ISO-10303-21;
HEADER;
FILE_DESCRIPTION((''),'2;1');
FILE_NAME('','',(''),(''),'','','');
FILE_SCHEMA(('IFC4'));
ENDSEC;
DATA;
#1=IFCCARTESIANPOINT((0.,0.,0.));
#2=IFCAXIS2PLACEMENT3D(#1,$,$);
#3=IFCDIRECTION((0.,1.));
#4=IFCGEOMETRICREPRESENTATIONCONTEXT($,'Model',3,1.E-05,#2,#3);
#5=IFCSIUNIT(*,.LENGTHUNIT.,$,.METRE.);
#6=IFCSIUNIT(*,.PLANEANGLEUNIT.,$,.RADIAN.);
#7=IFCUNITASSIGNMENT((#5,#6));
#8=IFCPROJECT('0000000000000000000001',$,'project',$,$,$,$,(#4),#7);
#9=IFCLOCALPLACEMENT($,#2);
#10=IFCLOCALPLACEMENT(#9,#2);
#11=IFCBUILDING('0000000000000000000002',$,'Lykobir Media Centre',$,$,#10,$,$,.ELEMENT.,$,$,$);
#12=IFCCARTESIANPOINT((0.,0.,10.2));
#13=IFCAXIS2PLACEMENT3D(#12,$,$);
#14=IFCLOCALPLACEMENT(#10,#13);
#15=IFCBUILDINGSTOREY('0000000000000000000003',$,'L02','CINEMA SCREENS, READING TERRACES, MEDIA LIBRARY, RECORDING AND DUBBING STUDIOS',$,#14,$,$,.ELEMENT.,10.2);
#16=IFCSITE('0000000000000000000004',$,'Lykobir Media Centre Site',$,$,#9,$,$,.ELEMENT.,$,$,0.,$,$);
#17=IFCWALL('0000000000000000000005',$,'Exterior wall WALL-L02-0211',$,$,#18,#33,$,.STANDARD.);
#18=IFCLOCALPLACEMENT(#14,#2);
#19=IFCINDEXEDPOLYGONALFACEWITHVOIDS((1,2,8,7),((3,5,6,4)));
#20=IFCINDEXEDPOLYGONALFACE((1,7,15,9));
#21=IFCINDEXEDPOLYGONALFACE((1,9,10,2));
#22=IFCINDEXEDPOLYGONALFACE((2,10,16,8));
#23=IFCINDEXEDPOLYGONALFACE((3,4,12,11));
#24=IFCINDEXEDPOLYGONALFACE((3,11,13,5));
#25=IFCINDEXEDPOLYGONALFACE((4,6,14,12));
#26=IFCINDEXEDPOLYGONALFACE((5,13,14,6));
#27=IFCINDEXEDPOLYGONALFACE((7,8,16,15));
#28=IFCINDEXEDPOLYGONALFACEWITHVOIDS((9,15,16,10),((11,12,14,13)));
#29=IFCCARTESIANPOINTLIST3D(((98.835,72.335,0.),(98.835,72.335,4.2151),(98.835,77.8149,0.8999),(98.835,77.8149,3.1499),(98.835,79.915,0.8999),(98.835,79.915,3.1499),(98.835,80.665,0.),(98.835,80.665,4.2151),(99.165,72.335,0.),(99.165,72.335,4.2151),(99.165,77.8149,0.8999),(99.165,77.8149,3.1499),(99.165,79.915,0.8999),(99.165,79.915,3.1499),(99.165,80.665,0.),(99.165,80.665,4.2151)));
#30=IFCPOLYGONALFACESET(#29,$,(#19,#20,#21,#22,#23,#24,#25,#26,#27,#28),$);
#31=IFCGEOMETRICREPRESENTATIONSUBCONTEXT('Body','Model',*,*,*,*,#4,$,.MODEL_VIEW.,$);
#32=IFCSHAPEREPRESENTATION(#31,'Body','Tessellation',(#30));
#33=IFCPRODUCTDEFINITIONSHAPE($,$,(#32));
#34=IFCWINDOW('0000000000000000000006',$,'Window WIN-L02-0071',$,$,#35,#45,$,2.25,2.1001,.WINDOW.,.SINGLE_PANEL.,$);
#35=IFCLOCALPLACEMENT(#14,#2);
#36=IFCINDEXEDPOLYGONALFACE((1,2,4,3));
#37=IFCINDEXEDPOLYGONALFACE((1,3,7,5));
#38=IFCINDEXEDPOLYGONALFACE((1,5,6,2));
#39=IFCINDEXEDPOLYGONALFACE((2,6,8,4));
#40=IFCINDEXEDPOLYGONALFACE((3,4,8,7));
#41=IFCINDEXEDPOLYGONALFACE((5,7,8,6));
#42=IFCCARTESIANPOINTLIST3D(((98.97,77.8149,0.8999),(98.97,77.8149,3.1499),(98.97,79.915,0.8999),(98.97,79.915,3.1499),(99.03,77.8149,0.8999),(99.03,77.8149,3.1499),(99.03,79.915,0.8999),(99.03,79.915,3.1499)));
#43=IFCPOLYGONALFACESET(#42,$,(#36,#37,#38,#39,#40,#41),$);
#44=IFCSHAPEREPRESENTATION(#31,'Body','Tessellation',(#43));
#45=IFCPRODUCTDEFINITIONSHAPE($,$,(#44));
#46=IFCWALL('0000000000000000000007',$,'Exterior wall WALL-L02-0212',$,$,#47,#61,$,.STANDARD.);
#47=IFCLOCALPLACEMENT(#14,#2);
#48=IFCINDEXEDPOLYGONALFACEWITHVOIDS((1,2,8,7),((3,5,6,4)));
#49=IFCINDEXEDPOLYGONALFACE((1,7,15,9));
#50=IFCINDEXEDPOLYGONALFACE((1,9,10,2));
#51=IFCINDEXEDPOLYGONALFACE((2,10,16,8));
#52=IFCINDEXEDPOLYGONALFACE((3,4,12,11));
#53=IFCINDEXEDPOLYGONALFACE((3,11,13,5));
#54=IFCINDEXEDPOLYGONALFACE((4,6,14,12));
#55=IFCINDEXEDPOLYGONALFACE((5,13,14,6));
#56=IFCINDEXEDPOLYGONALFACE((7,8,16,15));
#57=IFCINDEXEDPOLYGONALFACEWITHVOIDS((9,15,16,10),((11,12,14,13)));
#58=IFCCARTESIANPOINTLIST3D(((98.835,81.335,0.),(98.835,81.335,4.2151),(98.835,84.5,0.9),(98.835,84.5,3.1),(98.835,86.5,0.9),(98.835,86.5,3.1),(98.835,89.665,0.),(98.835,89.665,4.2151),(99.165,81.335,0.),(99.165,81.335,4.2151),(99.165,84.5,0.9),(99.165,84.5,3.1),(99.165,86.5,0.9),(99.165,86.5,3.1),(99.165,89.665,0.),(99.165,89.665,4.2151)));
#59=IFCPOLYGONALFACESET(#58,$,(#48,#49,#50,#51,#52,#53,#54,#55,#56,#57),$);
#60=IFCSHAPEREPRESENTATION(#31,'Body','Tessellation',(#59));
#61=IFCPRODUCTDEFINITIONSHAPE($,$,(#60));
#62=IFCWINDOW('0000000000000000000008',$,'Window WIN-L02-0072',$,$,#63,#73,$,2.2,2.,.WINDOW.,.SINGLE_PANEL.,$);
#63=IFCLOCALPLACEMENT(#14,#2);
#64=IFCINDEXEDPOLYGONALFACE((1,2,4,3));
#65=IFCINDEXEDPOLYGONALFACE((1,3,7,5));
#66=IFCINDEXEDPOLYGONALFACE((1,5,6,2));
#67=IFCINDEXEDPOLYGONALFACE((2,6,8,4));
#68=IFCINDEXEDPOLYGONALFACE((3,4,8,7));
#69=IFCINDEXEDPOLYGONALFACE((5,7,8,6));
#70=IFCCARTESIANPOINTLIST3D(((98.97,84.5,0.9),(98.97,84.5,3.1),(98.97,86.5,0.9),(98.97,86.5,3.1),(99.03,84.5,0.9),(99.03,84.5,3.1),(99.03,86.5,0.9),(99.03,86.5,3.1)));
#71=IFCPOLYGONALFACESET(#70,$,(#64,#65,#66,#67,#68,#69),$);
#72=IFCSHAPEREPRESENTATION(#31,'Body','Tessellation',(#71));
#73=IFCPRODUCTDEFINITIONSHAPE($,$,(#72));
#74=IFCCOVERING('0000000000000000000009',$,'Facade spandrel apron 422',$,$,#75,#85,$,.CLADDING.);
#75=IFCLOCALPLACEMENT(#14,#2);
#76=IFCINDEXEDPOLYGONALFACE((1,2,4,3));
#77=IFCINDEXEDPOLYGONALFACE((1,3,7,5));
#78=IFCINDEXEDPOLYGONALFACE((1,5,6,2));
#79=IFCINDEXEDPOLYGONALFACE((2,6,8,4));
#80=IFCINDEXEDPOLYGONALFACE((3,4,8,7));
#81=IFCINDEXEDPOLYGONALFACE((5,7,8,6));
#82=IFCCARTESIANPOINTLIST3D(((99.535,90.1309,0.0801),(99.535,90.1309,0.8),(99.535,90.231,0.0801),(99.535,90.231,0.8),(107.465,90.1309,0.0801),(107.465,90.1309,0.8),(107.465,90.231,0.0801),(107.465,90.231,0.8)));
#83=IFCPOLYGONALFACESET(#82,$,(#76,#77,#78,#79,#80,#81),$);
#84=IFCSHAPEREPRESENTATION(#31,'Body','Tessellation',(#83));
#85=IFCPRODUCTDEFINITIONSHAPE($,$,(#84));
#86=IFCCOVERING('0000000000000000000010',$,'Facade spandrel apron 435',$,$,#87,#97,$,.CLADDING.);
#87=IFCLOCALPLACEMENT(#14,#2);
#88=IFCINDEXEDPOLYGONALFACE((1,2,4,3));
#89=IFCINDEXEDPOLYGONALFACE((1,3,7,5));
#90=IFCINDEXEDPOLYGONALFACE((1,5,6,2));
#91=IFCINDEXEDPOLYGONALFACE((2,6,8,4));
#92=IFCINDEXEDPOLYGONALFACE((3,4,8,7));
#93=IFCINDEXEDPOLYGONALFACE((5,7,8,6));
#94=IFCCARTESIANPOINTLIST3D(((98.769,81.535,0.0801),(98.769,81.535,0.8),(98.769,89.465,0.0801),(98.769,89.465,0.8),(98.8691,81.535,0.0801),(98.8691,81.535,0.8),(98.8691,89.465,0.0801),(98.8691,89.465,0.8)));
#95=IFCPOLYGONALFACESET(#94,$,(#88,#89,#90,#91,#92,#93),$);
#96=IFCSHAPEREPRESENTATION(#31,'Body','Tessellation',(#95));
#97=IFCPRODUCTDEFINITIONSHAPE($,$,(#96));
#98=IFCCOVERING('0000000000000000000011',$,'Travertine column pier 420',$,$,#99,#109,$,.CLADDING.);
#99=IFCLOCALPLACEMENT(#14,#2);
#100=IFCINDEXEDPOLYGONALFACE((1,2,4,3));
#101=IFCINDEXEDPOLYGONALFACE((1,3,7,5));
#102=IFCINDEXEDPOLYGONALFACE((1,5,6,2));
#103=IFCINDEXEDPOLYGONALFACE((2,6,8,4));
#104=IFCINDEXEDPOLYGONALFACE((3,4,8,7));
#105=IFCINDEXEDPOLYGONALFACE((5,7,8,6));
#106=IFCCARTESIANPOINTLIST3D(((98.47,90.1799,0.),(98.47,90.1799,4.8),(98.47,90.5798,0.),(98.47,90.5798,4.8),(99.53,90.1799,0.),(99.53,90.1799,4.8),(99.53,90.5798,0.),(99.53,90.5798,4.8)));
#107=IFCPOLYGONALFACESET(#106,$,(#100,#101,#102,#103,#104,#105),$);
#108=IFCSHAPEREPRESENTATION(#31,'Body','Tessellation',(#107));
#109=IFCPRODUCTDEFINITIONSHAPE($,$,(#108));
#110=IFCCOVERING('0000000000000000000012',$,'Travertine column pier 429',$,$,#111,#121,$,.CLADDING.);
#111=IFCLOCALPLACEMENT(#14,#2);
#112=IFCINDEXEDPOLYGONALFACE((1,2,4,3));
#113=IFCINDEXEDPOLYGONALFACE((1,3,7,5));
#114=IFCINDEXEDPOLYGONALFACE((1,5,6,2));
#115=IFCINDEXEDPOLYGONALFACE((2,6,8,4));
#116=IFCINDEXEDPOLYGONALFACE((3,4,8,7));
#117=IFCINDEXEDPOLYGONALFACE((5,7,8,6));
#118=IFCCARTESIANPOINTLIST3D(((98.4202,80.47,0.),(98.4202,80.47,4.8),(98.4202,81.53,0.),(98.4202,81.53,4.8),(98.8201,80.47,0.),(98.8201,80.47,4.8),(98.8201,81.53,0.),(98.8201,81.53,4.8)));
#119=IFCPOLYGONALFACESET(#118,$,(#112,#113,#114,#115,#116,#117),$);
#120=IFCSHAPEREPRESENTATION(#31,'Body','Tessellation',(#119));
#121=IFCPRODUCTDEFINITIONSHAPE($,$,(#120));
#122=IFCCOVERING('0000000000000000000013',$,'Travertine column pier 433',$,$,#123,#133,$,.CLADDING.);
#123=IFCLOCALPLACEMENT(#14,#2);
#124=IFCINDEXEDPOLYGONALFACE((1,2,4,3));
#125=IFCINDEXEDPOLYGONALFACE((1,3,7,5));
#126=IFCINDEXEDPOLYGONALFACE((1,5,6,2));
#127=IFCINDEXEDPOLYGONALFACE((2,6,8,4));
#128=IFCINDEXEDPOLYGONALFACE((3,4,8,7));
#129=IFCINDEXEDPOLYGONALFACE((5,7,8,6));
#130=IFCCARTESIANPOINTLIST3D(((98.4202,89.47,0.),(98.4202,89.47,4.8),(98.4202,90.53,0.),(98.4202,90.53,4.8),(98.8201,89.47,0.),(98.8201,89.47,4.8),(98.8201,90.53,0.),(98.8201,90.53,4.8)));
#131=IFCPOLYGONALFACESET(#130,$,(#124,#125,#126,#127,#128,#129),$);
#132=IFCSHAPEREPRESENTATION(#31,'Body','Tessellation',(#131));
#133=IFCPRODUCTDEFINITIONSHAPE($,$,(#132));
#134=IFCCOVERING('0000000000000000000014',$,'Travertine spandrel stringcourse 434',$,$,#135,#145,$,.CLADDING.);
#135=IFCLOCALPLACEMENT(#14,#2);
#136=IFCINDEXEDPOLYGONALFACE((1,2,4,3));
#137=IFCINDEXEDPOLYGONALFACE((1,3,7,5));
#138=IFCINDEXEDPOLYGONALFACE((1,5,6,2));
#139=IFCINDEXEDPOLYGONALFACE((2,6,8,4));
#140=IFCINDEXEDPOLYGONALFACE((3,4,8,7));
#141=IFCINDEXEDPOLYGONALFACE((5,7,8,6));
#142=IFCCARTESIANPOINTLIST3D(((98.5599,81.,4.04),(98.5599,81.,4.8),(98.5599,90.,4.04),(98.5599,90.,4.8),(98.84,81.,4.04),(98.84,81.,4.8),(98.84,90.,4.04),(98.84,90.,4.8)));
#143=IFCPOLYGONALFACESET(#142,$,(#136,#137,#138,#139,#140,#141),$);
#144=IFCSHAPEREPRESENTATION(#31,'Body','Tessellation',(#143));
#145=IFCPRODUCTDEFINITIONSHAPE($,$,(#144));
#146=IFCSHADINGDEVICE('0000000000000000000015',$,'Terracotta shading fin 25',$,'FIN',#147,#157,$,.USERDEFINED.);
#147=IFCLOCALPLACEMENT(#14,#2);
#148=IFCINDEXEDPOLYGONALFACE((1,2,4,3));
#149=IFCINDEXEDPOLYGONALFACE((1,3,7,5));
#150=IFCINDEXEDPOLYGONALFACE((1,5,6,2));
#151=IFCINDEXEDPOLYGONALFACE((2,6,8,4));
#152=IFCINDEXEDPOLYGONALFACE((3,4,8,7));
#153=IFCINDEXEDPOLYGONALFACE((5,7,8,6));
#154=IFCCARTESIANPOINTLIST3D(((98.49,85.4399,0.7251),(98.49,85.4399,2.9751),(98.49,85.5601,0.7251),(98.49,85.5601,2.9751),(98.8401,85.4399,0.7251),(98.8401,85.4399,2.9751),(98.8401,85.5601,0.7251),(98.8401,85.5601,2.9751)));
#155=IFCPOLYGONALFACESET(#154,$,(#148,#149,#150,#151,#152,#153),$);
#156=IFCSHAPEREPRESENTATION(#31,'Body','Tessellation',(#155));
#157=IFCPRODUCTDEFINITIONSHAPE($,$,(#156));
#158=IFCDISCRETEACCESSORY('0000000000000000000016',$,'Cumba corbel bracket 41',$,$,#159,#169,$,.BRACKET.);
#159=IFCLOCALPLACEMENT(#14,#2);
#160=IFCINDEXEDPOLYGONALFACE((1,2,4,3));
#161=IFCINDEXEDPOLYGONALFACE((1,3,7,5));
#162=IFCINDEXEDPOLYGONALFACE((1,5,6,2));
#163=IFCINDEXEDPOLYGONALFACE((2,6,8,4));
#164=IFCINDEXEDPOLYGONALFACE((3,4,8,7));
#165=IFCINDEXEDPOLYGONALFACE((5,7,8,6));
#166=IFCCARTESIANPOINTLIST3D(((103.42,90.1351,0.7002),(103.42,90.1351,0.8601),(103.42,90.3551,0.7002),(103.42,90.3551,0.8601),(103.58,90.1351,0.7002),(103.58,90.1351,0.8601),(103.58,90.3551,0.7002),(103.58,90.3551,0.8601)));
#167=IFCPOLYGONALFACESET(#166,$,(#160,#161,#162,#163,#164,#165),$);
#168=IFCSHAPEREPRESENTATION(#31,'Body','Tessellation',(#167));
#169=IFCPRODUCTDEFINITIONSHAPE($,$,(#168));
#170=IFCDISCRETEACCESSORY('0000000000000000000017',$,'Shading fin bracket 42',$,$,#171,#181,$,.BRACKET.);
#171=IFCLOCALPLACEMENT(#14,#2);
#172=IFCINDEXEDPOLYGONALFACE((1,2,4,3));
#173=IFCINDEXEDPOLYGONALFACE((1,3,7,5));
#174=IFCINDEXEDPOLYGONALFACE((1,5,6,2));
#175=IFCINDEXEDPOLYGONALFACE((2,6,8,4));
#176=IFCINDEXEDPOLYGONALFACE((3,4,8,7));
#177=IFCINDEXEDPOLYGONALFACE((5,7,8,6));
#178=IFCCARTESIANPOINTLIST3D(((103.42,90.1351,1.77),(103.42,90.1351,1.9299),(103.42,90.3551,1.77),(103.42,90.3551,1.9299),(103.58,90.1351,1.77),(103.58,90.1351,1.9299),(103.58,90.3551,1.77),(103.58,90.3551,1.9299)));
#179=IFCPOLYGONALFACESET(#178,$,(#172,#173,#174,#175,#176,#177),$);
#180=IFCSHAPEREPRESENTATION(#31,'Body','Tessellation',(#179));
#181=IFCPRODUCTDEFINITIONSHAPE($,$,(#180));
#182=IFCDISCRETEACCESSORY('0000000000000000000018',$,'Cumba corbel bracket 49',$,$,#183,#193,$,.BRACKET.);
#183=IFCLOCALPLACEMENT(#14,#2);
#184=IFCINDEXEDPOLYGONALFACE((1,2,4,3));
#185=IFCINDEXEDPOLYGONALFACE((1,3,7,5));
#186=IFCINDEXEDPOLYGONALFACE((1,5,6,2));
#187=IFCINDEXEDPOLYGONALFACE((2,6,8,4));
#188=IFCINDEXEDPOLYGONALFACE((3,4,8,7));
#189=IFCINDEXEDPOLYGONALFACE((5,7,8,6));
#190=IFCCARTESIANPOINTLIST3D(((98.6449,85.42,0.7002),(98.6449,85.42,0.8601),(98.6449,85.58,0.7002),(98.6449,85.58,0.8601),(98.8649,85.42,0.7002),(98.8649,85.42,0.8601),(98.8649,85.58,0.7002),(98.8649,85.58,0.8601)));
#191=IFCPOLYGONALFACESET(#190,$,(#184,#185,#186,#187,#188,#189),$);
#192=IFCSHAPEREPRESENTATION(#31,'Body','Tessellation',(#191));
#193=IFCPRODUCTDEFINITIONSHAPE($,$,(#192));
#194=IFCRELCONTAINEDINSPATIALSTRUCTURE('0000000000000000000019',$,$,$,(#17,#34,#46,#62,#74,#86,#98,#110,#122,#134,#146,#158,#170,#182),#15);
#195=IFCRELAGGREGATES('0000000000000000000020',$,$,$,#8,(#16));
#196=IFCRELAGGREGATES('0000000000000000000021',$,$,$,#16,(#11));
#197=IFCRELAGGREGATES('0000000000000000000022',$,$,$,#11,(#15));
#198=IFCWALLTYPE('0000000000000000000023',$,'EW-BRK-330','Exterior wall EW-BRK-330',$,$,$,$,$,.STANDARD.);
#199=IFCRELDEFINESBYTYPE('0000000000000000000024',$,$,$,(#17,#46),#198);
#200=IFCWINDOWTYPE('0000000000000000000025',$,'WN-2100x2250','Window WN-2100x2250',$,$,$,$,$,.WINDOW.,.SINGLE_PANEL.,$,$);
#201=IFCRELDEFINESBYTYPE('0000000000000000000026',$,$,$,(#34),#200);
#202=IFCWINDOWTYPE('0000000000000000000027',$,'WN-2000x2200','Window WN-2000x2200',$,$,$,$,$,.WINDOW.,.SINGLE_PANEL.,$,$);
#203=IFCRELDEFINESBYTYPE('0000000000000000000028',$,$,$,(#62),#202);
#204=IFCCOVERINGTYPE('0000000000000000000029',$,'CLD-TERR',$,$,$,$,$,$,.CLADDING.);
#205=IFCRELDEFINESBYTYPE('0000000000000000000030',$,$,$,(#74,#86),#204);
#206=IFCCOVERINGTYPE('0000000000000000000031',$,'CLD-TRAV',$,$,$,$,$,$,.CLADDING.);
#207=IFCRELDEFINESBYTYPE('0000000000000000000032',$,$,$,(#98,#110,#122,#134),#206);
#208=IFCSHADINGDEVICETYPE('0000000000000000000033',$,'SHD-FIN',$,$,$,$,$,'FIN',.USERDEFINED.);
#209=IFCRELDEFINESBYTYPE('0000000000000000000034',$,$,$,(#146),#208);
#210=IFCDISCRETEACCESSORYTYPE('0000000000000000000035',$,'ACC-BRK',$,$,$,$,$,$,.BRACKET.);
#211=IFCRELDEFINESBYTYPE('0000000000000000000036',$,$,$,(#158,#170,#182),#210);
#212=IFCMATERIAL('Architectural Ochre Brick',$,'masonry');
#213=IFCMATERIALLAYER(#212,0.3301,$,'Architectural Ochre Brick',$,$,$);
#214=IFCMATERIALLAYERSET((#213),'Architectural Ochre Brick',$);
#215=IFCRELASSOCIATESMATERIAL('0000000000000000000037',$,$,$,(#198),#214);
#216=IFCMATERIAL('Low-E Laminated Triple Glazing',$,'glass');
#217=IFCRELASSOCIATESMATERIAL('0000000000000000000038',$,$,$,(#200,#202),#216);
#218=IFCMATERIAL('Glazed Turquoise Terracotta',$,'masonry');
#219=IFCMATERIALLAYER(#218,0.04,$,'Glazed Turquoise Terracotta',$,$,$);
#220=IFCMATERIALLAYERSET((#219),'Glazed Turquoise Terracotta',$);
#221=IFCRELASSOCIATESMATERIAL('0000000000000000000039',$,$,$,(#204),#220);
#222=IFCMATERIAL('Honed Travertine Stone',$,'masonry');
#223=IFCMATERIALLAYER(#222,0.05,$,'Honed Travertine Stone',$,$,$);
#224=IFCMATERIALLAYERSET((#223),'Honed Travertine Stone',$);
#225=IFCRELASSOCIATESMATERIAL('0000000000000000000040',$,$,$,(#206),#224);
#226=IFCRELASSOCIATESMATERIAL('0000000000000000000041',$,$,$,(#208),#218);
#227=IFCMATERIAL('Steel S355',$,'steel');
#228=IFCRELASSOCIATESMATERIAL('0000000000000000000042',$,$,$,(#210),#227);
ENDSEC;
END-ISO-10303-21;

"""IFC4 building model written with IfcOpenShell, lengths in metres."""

from ifc_helpers import new_model, si_unit, direction, frame, frame_2d, origin, origin_2d, place, context, subcontext, project, spatial, rectangle, extrude, material, layer, layer_set, type_object, element, fill, save


model = new_model("IFC4")

# Units and contexts
model_context = context("Model", 3, precision=1e-05, world=origin(), true_north=direction((0.0, 1.0)))
body_context = subcontext(model_context, "Body", "Model", "MODEL_VIEW")
ifc_project = project(units=[si_unit("LENGTHUNIT", "METRE"), si_unit("PLANEANGLEUNIT", "RADIAN")], contexts=[model_context])

# Site, building, storey
site_placement = place(None, origin())
site = spatial("IfcSite", under=ifc_project, at=site_placement, Name="Lykobir Media Centre Site", CompositionType="ELEMENT", RefElevation=0.0)
building_placement = place(site_placement, origin())
building = spatial("IfcBuilding", under=site, at=building_placement, Name="Lykobir Media Centre", CompositionType="ELEMENT")
storey_placement = place(building_placement, frame((0.0, 0.0, 10.2)))
storey = spatial("IfcBuildingStorey", under=building, at=storey_placement, Name="L02", Description="CINEMA SCREENS, READING TERRACES, MEDIA LIBRARY, RECORDING AND DUBBING STUDIOS", CompositionType="ELEMENT", Elevation=10.2)

# Shared definitions
ifc_material_1 = material(Name="Steel S355", Category="steel")

# Walls, openings, windows
ifc_material_2 = material(Name="Architectural Ochre Brick", Category="masonry")
ifc_layer_1 = layer(ifc_material_2, 0.3301, Name="Architectural Ochre Brick")
ifc_layer_set_1 = layer_set([ifc_layer_1], Name="Architectural Ochre Brick")
wall_type = type_object("IfcWallType", Name="EW-BRK-330", Description="Exterior wall EW-BRK-330", PredefinedType="STANDARD", material=ifc_layer_set_1)
wall_1_placement = place(storey_placement, frame((99.0, 80.665, 0.0), z_axis=(0.0, 0.0, 1.0), x_axis=(0.0, -1.0, 0.0)))
wall_1 = element("IfcWall", 1, at=wall_1_placement, inside=storey, type_object=wall_type, Name="Exterior wall WALL-L02-0211", PredefinedType="STANDARD", context=body_context, shape_type="SweptSolid", body=[
    extrude(rectangle(XDim=8.3301, YDim=0.3301, at=frame_2d((4.165, 0.0))), origin(), (0.0, 0.0, 1.0), 4.2151),
])
opening_1_placement = place(wall_1_placement, frame((0.75, 0.0, 0.8999)))
opening_1 = element("IfcOpeningElement", 2, at=opening_1_placement, cuts=wall_1, PredefinedType="OPENING", context=body_context, shape_type="SweptSolid", body=[
    extrude(rectangle(XDim=2.1001, YDim=2.25, at=frame_2d((1.05, 1.125))), frame((0.0, 0.175, 0.0), z_axis=(0.0, -1.0, 0.0), x_axis=(1.0, 0.0, 0.0)), (0.0, 0.0, 1.0), 0.3501),
])
ifc_material_3 = material(Name="Low-E Laminated Triple Glazing", Category="glass")
window_type_1 = type_object("IfcWindowType", Name="WN-2100x2250", Description="Window WN-2100x2250", PartitioningType="SINGLE_PANEL", PredefinedType="WINDOW", material=ifc_material_3)
window_1_placement = place(opening_1_placement, origin())
window_1 = element("IfcWindow", 3, at=window_1_placement, inside=storey, type_object=window_type_1, Name="Window WIN-L02-0071", OverallHeight=2.25, OverallWidth=2.1001, PartitioningType="SINGLE_PANEL", PredefinedType="WINDOW", context=body_context, shape_type="SweptSolid", body=[
    extrude(rectangle(XDim=2.1001, YDim=2.25, at=frame_2d((1.05, 1.125))), frame((0.0, 0.03, 0.0), z_axis=(0.0, -1.0, 0.0), x_axis=(1.0, 0.0, 0.0)), (0.0, 0.0, 1.0), 0.0601),
])
fill(opening_1, window_1)
wall_2_placement = place(storey_placement, frame((99.0, 89.665, 0.0), z_axis=(0.0, 0.0, 1.0), x_axis=(0.0, -1.0, 0.0)))
wall_2 = element("IfcWall", 4, at=wall_2_placement, inside=storey, type_object=wall_type, Name="Exterior wall WALL-L02-0212", PredefinedType="STANDARD", context=body_context, shape_type="SweptSolid", body=[
    extrude(rectangle(XDim=8.3301, YDim=0.3301, at=frame_2d((4.165, 0.0))), origin(), (0.0, 0.0, 1.0), 4.2151),
])
opening_2_placement = place(wall_2_placement, frame((3.165, 0.0, 0.8999)))
opening_2 = element("IfcOpeningElement", 5, at=opening_2_placement, cuts=wall_2, PredefinedType="OPENING", context=body_context, shape_type="SweptSolid", body=[
    extrude(rectangle(XDim=2.0, YDim=2.2, at=frame_2d((1.0, 1.1001))), frame((0.0, 0.175, 0.0), z_axis=(0.0, -1.0, 0.0), x_axis=(1.0, 0.0, 0.0)), (0.0, 0.0, 1.0), 0.3501),
])
window_type_2 = type_object("IfcWindowType", Name="WN-2000x2200", Description="Window WN-2000x2200", PartitioningType="SINGLE_PANEL", PredefinedType="WINDOW", material=ifc_material_3)
window_2_placement = place(opening_2_placement, origin())
window_2 = element("IfcWindow", 6, at=window_2_placement, inside=storey, type_object=window_type_2, Name="Window WIN-L02-0072", OverallHeight=2.2, OverallWidth=2.0, PartitioningType="SINGLE_PANEL", PredefinedType="WINDOW", context=body_context, shape_type="SweptSolid", body=[
    extrude(rectangle(XDim=2.0, YDim=2.2, at=frame_2d((1.0, 1.1001))), frame((0.0, 0.03, 0.0), z_axis=(0.0, -1.0, 0.0), x_axis=(1.0, 0.0, 0.0)), (0.0, 0.0, 1.0), 0.0601),
])
fill(opening_2, window_2)

# Coverings
ifc_material_4 = material(Name="Glazed Turquoise Terracotta", Category="masonry")
ifc_layer_2 = layer(ifc_material_4, 0.04, Name="Glazed Turquoise Terracotta")
ifc_layer_set_2 = layer_set([ifc_layer_2], Name="Glazed Turquoise Terracotta")
covering_type_1 = type_object("IfcCoveringType", Name="CLD-TERR", PredefinedType="CLADDING", material=ifc_layer_set_2)
for number, where, z_axis, x_axis, name in (
    (7, (103.5, 90.1809, 0.0801), (0.0, 0.0, 1.0), (-1.0, 0.0, 0.0), "Facade spandrel apron 422"),
    (8, (98.8191, 85.5, 0.0801), (0.0, 0.0, 1.0), (0.0, -1.0, 0.0), "Facade spandrel apron 435"),
):
    element("IfcCovering", number, at=place(storey_placement, frame(where, z_axis=z_axis, x_axis=x_axis)), inside=storey, type_object=covering_type_1, Name=name, PredefinedType="CLADDING", context=body_context, shape_type="SweptSolid", body=[
        extrude(rectangle(XDim=7.9299, YDim=0.1001, at=origin_2d()), origin(), (0.0, 0.0, 1.0), 0.72),
    ])
ifc_material_5 = material(Name="Honed Travertine Stone", Category="masonry")
ifc_layer_3 = layer(ifc_material_5, 0.05, Name="Honed Travertine Stone")
ifc_layer_set_3 = layer_set([ifc_layer_3], Name="Honed Travertine Stone")
covering_type_2 = type_object("IfcCoveringType", Name="CLD-TRAV", PredefinedType="CLADDING", material=ifc_layer_set_3)
for number, where, z_axis, x_axis, name in (
    (9, (99.0, 90.3799, 0.0), (0.0, 0.0, 1.0), (-1.0, 0.0, 0.0), "Travertine column pier 420"),
    (10, (98.6201, 81.0, 0.0), (0.0, 0.0, 1.0), (0.0, -1.0, 0.0), "Travertine column pier 429"),
    (11, (98.6201, 90.0, 0.0), (0.0, 0.0, 1.0), (0.0, -1.0, 0.0), "Travertine column pier 433"),
):
    element("IfcCovering", number, at=place(storey_placement, frame(where, z_axis=z_axis, x_axis=x_axis)), inside=storey, type_object=covering_type_2, Name=name, PredefinedType="CLADDING", context=body_context, shape_type="SweptSolid", body=[
        extrude(rectangle(XDim=1.0601, YDim=0.3999, at=origin_2d()), origin(), (0.0, 0.0, 1.0), 4.8),
    ])
covering_placement = place(storey_placement, frame((98.7, 85.5, 4.04), z_axis=(0.0, 0.0, 1.0), x_axis=(0.0, -1.0, 0.0)))
element("IfcCovering", 12, at=covering_placement, inside=storey, type_object=covering_type_2, Name="Travertine spandrel stringcourse 434", PredefinedType="CLADDING", context=body_context, shape_type="SweptSolid", body=[
    extrude(rectangle(XDim=9.0, YDim=0.28, at=origin_2d()), origin(), (0.0, 0.0, 1.0), 0.76),
])

# Shading device
shading_device_type = type_object("IfcShadingDeviceType", Name="SHD-FIN", ElementType="FIN", PredefinedType="USERDEFINED", material=ifc_material_4)
shading_device_placement = place(storey_placement, frame((98.665, 85.5, 0.7251), z_axis=(0.0, 0.0, 1.0), x_axis=(0.0, -1.0, 0.0)))
element("IfcShadingDevice", 13, at=shading_device_placement, inside=storey, type_object=shading_device_type, Name="Terracotta shading fin 25", ObjectType="FIN", PredefinedType="USERDEFINED", context=body_context, shape_type="SweptSolid", body=[
    extrude(rectangle(XDim=0.1201, YDim=0.3501, at=origin_2d()), origin(), (0.0, 0.0, 1.0), 2.25),
])

# Discrete accessories
discrete_accessory_type = type_object("IfcDiscreteAccessoryType", Name="ACC-BRK", PredefinedType="BRACKET", material=ifc_material_1)
for number, where, z_axis, x_axis, name in (
    (14, (103.5, 90.2451, 0.7002), (0.0, 0.0, 1.0), (-1.0, 0.0, 0.0), "Cumba corbel bracket 41"),
    (15, (103.5, 90.2451, 1.77), (0.0, 0.0, 1.0), (-1.0, 0.0, 0.0), "Shading fin bracket 42"),
    (16, (98.7549, 85.5, 0.7002), (0.0, 0.0, 1.0), (0.0, -1.0, 0.0), "Cumba corbel bracket 49"),
):
    element("IfcDiscreteAccessory", number, at=place(storey_placement, frame(where, z_axis=z_axis, x_axis=x_axis)), inside=storey, type_object=discrete_accessory_type, Name=name, PredefinedType="BRACKET", context=body_context, shape_type="SweptSolid", body=[
        extrude(rectangle(XDim=0.1599, YDim=0.22, at=origin_2d()), origin(), (0.0, 0.0, 1.0), 0.1599),
    ])

save(model, "model.ifc")
